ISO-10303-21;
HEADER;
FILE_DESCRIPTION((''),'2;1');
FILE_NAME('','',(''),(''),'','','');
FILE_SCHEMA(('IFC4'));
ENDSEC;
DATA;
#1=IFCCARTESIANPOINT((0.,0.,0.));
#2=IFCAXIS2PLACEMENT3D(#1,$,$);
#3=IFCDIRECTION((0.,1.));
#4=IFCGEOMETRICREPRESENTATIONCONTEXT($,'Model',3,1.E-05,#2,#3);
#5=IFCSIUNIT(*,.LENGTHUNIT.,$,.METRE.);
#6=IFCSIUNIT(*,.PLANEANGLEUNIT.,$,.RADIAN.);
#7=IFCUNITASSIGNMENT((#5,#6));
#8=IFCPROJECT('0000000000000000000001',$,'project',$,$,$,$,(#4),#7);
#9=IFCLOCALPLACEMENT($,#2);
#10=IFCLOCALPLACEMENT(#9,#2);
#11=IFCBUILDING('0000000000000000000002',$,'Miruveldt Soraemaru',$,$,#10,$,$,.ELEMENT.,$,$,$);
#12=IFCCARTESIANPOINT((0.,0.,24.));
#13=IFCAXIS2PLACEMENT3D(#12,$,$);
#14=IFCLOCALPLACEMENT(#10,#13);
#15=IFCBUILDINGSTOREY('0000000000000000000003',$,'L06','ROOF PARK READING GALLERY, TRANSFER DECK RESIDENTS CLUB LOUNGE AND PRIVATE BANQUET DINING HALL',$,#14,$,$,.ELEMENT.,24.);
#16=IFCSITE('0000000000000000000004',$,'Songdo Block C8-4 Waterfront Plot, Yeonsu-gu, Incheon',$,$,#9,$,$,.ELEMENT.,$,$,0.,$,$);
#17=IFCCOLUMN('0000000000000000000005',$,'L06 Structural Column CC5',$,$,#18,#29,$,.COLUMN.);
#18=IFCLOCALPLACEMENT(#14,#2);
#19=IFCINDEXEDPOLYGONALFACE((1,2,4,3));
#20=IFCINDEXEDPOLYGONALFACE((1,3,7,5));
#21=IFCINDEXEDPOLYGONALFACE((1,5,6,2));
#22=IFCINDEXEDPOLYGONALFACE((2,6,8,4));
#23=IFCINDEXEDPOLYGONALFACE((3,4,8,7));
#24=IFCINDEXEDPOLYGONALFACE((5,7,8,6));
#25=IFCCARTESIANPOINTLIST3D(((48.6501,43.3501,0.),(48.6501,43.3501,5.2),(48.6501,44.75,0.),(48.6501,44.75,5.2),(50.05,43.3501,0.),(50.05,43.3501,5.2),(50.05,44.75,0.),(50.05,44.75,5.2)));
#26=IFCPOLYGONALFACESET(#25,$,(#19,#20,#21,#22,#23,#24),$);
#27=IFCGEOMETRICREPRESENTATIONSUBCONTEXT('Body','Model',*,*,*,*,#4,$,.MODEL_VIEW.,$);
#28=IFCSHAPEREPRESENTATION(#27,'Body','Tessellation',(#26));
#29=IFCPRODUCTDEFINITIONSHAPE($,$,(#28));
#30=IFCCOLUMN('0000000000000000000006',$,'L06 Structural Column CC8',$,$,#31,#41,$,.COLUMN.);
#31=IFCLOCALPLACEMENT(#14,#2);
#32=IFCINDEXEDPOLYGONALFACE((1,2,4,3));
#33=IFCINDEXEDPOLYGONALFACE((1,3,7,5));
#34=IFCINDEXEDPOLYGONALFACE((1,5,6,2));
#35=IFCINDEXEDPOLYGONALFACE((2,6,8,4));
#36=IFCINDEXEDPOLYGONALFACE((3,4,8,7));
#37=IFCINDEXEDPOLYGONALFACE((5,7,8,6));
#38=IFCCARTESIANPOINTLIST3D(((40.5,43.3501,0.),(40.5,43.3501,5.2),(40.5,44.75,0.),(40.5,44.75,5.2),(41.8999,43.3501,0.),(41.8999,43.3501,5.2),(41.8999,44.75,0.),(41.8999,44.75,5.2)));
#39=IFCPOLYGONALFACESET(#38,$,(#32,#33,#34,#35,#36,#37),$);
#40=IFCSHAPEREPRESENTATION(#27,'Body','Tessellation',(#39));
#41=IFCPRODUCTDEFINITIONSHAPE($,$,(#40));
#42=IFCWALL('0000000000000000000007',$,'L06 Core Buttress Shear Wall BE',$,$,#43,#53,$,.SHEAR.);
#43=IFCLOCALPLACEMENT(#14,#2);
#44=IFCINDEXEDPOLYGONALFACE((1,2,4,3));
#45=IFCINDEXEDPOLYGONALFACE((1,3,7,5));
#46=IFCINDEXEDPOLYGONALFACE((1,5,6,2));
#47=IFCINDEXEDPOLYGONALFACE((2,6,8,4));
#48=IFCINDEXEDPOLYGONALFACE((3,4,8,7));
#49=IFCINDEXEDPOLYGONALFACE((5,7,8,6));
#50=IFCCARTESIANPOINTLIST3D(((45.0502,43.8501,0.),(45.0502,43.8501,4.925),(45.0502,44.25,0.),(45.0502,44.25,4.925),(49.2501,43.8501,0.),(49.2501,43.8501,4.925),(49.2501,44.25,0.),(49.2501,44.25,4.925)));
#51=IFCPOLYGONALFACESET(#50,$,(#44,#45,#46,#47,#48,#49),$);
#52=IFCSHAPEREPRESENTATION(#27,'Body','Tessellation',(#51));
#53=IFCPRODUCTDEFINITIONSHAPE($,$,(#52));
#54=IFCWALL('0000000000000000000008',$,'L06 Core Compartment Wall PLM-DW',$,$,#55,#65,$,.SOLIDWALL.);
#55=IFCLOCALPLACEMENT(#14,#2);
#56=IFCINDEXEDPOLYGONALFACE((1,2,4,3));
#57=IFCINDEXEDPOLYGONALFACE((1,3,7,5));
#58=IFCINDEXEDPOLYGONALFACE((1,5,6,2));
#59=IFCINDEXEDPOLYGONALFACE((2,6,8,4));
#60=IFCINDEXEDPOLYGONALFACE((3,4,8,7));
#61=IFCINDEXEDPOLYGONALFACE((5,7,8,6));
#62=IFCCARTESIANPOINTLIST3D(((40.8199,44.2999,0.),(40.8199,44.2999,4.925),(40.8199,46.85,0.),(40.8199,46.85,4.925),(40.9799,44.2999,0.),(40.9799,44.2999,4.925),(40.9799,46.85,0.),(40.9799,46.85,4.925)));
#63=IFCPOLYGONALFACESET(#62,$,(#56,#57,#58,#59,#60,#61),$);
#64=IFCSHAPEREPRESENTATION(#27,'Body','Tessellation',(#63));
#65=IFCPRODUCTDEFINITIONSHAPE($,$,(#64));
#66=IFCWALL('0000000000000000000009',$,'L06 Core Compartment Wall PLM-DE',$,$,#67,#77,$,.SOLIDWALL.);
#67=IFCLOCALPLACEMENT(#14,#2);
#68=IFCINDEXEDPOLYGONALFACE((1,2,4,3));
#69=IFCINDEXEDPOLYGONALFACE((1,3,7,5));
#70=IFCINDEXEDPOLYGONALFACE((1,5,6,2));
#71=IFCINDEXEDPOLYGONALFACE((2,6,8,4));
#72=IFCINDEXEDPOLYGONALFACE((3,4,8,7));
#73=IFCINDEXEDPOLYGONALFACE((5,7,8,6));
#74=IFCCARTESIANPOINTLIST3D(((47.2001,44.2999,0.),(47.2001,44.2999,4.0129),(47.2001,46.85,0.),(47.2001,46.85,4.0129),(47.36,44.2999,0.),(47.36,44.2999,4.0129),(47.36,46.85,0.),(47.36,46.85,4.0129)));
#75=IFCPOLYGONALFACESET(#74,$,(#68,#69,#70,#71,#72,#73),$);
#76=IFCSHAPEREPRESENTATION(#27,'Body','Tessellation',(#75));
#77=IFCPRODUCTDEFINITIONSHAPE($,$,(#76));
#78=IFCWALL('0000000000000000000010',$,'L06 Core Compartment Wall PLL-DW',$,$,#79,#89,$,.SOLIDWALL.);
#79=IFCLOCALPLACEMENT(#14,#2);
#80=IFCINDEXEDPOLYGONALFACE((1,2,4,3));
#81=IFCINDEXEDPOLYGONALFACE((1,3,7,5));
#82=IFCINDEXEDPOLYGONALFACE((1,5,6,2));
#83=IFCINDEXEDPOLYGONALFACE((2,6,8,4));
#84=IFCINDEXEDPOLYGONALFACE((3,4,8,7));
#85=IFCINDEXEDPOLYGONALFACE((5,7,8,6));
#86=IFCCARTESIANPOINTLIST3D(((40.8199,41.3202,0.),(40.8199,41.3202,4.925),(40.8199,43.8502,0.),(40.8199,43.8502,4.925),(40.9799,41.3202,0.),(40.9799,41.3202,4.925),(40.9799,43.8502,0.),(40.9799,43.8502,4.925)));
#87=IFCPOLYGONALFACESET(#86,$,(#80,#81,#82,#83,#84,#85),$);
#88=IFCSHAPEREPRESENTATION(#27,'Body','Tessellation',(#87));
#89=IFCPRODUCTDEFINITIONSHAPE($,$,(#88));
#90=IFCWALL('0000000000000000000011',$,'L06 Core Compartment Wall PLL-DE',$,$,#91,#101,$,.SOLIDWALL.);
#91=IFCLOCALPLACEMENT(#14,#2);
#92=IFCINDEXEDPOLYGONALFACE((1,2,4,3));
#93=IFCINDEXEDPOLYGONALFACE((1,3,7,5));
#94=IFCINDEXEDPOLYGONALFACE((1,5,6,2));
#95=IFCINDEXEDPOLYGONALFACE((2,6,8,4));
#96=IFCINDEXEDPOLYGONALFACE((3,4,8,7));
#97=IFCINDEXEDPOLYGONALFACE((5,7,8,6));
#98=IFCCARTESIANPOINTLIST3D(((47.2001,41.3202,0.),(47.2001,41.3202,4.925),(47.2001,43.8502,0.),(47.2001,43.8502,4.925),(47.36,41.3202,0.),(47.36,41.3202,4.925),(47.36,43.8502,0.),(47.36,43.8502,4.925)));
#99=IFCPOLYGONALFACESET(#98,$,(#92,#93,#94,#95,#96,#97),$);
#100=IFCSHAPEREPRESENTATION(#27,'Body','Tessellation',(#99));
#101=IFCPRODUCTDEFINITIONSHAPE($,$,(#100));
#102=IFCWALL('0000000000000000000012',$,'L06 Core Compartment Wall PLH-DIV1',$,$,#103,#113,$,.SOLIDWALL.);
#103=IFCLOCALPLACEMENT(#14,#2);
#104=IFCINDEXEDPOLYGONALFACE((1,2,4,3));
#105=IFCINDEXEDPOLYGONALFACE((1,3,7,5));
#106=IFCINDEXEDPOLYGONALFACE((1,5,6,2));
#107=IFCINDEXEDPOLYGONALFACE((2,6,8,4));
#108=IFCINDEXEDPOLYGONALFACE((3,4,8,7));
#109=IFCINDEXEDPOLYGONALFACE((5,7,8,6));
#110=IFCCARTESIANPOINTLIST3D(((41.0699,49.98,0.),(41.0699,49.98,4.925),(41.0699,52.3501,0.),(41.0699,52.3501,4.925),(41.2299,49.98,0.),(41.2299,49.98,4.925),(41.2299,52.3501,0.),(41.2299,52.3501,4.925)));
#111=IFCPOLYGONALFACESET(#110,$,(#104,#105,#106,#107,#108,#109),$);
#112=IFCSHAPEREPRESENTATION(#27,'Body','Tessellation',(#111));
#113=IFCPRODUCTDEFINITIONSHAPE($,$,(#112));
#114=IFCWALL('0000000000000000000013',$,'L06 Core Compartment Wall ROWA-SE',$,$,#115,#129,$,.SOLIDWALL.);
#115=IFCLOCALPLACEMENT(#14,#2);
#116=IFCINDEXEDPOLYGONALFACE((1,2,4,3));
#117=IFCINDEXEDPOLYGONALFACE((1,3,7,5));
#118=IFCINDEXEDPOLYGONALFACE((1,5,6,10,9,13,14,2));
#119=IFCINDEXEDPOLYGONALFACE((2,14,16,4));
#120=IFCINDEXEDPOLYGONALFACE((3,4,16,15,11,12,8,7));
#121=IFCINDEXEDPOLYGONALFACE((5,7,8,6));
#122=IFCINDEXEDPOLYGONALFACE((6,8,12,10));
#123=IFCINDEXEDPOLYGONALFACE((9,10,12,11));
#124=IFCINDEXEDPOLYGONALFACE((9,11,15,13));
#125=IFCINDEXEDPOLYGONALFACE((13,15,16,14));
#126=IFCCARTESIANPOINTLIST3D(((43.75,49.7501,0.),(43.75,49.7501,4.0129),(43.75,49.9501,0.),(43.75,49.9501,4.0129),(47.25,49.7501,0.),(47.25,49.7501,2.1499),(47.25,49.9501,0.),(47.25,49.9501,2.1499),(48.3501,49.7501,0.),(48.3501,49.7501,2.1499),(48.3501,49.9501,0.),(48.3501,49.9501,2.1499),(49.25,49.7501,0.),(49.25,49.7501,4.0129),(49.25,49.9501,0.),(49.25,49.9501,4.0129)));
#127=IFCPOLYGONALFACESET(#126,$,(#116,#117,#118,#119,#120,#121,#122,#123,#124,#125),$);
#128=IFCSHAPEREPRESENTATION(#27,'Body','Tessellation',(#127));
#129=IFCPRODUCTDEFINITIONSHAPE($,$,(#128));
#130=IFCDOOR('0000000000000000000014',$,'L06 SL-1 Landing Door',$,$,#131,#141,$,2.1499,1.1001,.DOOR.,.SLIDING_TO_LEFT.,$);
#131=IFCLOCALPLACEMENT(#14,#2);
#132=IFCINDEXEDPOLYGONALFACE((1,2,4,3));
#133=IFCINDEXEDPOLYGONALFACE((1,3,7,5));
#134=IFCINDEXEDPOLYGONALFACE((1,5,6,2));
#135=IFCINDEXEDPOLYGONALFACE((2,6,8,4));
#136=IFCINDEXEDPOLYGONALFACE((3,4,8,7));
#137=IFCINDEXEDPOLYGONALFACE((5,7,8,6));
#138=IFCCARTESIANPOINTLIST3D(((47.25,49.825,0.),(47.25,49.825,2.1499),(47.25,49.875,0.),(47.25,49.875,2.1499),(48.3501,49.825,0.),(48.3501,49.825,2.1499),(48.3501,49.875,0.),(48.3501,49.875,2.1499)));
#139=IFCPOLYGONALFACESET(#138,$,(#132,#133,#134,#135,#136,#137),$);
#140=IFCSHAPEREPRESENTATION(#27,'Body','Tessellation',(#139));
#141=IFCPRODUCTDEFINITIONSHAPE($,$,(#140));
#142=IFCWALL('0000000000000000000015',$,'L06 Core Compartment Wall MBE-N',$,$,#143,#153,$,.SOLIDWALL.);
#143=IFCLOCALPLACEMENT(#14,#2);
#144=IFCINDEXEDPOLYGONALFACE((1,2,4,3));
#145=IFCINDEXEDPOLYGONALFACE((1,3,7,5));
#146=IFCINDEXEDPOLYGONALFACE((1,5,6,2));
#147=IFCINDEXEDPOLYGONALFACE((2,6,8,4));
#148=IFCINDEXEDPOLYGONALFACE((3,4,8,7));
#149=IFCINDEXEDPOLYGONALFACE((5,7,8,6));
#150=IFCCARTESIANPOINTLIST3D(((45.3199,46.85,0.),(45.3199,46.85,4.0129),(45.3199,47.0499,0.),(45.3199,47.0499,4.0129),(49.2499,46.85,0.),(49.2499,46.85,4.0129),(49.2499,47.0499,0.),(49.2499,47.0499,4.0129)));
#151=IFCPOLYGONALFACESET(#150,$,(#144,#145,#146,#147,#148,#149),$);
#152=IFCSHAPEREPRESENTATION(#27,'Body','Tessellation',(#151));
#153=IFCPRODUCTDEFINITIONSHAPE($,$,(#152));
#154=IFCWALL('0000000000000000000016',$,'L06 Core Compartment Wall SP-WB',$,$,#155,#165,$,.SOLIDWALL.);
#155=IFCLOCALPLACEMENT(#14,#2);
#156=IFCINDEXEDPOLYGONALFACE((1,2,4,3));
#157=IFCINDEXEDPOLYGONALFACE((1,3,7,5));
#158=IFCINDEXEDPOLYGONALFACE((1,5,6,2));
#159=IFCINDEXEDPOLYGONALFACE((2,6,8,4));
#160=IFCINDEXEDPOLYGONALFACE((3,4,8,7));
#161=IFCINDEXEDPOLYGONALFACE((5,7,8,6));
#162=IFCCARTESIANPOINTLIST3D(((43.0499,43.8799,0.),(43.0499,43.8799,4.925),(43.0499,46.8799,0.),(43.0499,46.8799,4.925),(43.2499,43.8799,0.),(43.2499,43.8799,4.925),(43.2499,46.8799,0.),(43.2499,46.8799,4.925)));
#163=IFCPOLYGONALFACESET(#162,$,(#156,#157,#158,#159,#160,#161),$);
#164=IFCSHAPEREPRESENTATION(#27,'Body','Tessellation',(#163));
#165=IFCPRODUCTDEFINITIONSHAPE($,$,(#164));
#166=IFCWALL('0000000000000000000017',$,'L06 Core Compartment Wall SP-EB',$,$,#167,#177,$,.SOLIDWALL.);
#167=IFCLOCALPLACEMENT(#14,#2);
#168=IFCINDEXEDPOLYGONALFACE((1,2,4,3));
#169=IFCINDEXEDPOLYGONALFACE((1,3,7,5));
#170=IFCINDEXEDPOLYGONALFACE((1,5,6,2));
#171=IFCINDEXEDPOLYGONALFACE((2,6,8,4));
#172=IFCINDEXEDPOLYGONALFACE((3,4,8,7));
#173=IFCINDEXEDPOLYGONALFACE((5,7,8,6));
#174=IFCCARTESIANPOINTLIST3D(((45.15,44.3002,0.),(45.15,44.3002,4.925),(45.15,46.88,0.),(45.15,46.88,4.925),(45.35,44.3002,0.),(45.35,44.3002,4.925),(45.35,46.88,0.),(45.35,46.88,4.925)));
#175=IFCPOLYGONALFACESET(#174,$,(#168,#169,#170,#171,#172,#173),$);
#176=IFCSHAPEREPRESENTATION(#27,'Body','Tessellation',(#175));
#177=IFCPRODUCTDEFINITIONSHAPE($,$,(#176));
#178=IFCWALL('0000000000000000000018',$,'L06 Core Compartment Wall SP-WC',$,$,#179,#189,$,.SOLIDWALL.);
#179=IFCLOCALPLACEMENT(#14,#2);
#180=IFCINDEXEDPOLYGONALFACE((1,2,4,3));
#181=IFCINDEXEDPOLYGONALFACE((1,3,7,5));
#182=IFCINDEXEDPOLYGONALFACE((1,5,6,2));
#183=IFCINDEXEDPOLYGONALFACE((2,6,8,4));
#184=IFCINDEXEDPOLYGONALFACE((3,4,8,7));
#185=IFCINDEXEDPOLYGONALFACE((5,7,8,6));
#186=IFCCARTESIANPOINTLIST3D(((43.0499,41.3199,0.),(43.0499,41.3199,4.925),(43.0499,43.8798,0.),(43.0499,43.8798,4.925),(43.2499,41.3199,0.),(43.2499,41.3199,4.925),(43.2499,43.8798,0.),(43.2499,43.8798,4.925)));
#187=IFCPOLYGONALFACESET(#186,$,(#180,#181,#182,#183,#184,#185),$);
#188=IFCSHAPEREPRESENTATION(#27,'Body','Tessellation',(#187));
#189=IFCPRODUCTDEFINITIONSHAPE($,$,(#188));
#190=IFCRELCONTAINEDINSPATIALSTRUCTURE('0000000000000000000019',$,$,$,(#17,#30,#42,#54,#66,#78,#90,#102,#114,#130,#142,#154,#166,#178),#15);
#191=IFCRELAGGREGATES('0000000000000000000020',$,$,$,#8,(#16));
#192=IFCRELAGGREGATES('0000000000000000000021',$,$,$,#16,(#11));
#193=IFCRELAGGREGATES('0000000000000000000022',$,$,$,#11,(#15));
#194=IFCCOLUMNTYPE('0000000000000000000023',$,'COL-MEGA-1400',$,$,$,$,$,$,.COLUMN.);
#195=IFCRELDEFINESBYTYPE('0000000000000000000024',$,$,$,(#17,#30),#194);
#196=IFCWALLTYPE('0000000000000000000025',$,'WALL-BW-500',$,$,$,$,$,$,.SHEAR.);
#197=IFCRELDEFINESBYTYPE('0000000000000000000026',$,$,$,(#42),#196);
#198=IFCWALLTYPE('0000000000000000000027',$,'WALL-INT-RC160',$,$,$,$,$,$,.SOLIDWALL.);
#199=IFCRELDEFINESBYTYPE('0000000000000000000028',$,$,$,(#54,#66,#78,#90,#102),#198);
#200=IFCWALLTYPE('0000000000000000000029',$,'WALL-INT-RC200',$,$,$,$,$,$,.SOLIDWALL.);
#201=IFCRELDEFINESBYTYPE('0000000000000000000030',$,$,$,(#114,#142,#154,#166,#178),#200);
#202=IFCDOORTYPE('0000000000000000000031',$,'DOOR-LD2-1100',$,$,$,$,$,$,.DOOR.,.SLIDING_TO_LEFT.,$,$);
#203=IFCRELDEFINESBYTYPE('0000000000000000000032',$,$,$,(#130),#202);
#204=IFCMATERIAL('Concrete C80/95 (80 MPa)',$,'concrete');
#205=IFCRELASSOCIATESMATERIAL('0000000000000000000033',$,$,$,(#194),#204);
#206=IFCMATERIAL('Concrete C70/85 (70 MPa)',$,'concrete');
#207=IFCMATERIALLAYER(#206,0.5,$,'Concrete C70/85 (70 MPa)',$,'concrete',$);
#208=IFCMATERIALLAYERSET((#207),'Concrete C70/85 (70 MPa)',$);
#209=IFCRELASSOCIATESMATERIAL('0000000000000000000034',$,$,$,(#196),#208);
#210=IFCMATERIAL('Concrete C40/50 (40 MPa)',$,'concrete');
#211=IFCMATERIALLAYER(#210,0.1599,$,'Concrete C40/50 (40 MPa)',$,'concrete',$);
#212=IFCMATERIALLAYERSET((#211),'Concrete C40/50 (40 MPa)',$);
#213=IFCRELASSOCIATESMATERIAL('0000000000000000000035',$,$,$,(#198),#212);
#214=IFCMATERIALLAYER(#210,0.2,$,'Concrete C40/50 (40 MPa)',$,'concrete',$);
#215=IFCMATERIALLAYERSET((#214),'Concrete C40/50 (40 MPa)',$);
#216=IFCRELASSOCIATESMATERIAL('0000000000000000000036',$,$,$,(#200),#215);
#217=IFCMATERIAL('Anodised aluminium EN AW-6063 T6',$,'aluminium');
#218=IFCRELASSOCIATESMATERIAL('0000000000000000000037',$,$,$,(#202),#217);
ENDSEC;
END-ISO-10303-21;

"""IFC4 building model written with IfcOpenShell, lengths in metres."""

from ifc_helpers import new_model, si_unit, direction, frame, frame_2d, origin, origin_2d, place, context, subcontext, project, spatial, rectangle, extrude, material, layer, layer_set, material_profile, profile_set, type_object, element, fill, save


model = new_model("IFC4")

# Units and contexts
model_context = context("Model", 3, precision=1e-05, world=origin(), true_north=direction((0.0, 1.0)))
body_context = subcontext(model_context, "Body", "Model", "MODEL_VIEW")
ifc_project = project(units=[si_unit("LENGTHUNIT", "METRE"), si_unit("PLANEANGLEUNIT", "RADIAN")], contexts=[model_context])

# Site, building, storey
site_placement = place(None, origin())
site = spatial("IfcSite", under=ifc_project, at=site_placement, Name="Songdo Block C8-4 Waterfront Plot, Yeonsu-gu, Incheon", CompositionType="ELEMENT", RefElevation=0.0)
building_placement = place(site_placement, origin())
building = spatial("IfcBuilding", under=site, at=building_placement, Name="Miruveldt Soraemaru", CompositionType="ELEMENT")
storey_placement = place(building_placement, frame((0.0, 0.0, 24.0)))
storey = spatial("IfcBuildingStorey", under=building, at=storey_placement, Name="L06", Description="ROOF PARK READING GALLERY, TRANSFER DECK RESIDENTS CLUB LOUNGE AND PRIVATE BANQUET DINING HALL", CompositionType="ELEMENT", Elevation=24.0)

# Columns
ifc_material_1 = material(Name="Concrete C80/95 (80 MPa)", Category="concrete")
ifc_material_profile = material_profile(ifc_material_1, rectangle(XDim=1.3999, YDim=1.3999, at=origin_2d()), Name="Concrete C80/95 (80 MPa)", Category="concrete")
ifc_profile_set = profile_set([ifc_material_profile], Name="Concrete C80/95 (80 MPa)")
column_type = type_object("IfcColumnType", Name="COL-MEGA-1400", PredefinedType="COLUMN", material=ifc_profile_set)
for number, where, z_axis, x_axis, name in (
    (1, (49.3501, 44.05, 0.0), (0.0, 0.0, 1.0), (1.0, 0.0, 0.0), "L06 Structural Column CC5"),
    (2, (41.2, 44.05, 0.0), (0.0, 0.0, 1.0), (1.0, 0.0, 0.0), "L06 Structural Column CC8"),
):
    element("IfcColumn", number, at=place(storey_placement, frame(where, z_axis=z_axis, x_axis=x_axis)), inside=storey, type_object=column_type, Name=name, PredefinedType="COLUMN", context=body_context, shape_type="SweptSolid", body=[
        extrude(rectangle(XDim=1.3999, YDim=1.3999, at=origin_2d()), origin(), (0.0, 0.0, 1.0), 5.2),
    ])

# Walls
ifc_material_2 = material(Name="Concrete C70/85 (70 MPa)", Category="concrete")
ifc_layer_1 = layer(ifc_material_2, 0.5, Name="Concrete C70/85 (70 MPa)", Category="concrete")
ifc_layer_set_1 = layer_set([ifc_layer_1], Name="Concrete C70/85 (70 MPa)")
wall_type_1 = type_object("IfcWallType", Name="WALL-BW-500", PredefinedType="SHEAR", material=ifc_layer_set_1)
wall_1_placement = place(storey_placement, frame((45.05, 44.05, 0.0), z_axis=(0.0, 0.0, 1.0), x_axis=(1.0, 0.0, 0.0)))
element("IfcWall", 3, at=wall_1_placement, inside=storey, type_object=wall_type_1, Name="L06 Core Buttress Shear Wall BE", PredefinedType="SHEAR", context=body_context, shape_type="SweptSolid", body=[
    extrude(rectangle(XDim=4.2, YDim=0.3999, at=frame_2d((2.1001, 0.0))), origin(), (0.0, 0.0, 1.0), 4.925),
])
ifc_material_3 = material(Name="Concrete C40/50 (40 MPa)", Category="concrete")
ifc_layer_2 = layer(ifc_material_3, 0.1599, Name="Concrete C40/50 (40 MPa)", Category="concrete")
ifc_layer_set_2 = layer_set([ifc_layer_2], Name="Concrete C40/50 (40 MPa)")
wall_type_2 = type_object("IfcWallType", Name="WALL-INT-RC160", PredefinedType="SOLIDWALL", material=ifc_layer_set_2)
wall_2_placement = place(storey_placement, frame((40.8999, 44.3, 0.0), z_axis=(0.0, 0.0, 1.0), x_axis=(0.0, 1.0, 0.0)))
element("IfcWall", 4, at=wall_2_placement, inside=storey, type_object=wall_type_2, Name="L06 Core Compartment Wall PLM-DW", PredefinedType="SOLIDWALL", context=body_context, shape_type="SweptSolid", body=[
    extrude(rectangle(XDim=2.55, YDim=0.1599, at=frame_2d((1.2749, 0.0))), origin(), (0.0, 0.0, 1.0), 4.925),
])
wall_3_placement = place(storey_placement, frame((47.28, 44.3, 0.0), z_axis=(0.0, 0.0, 1.0), x_axis=(0.0, 1.0, 0.0)))
element("IfcWall", 5, at=wall_3_placement, inside=storey, type_object=wall_type_2, Name="L06 Core Compartment Wall PLM-DE", PredefinedType="SOLIDWALL", context=body_context, shape_type="SweptSolid", body=[
    extrude(rectangle(XDim=2.55, YDim=0.1599, at=frame_2d((1.2749, 0.0))), origin(), (0.0, 0.0, 1.0), 4.0129),
])
for number, where, z_axis, x_axis, name in (
    (6, (40.8999, 41.3201, 0.0), (0.0, 0.0, 1.0), (0.0, 1.0, 0.0), "L06 Core Compartment Wall PLL-DW"),
    (7, (47.28, 41.3201, 0.0), (0.0, 0.0, 1.0), (0.0, 1.0, 0.0), "L06 Core Compartment Wall PLL-DE"),
):
    element("IfcWall", number, at=place(storey_placement, frame(where, z_axis=z_axis, x_axis=x_axis)), inside=storey, type_object=wall_type_2, Name=name, PredefinedType="SOLIDWALL", context=body_context, shape_type="SweptSolid", body=[
        extrude(rectangle(XDim=2.53, YDim=0.1599, at=frame_2d((1.2651, 0.0))), origin(), (0.0, 0.0, 1.0), 4.925),
    ])
wall_4_placement = place(storey_placement, frame((41.1499, 49.98, 0.0), z_axis=(0.0, 0.0, 1.0), x_axis=(0.0, 1.0, 0.0)))
element("IfcWall", 8, at=wall_4_placement, inside=storey, type_object=wall_type_2, Name="L06 Core Compartment Wall PLH-DIV1", PredefinedType="SOLIDWALL", context=body_context, shape_type="SweptSolid", body=[
    extrude(rectangle(XDim=2.3701, YDim=0.1599, at=frame_2d((1.1851, 0.0))), origin(), (0.0, 0.0, 1.0), 4.925),
])

# Wall, opening, door
ifc_layer_3 = layer(ifc_material_3, 0.2, Name="Concrete C40/50 (40 MPa)", Category="concrete")
ifc_layer_set_3 = layer_set([ifc_layer_3], Name="Concrete C40/50 (40 MPa)")
wall_type_3 = type_object("IfcWallType", Name="WALL-INT-RC200", PredefinedType="SOLIDWALL", material=ifc_layer_set_3)
wall_5_placement = place(storey_placement, frame((43.75, 49.8501, 0.0), z_axis=(0.0, 0.0, 1.0), x_axis=(1.0, 0.0, 0.0)))
wall_5 = element("IfcWall", 9, at=wall_5_placement, inside=storey, type_object=wall_type_3, Name="L06 Core Compartment Wall ROWA-SE", PredefinedType="SOLIDWALL", context=body_context, shape_type="SweptSolid", body=[
    extrude(rectangle(XDim=5.5, YDim=0.2, at=frame_2d((2.75, 0.0))), origin(), (0.0, 0.0, 1.0), 4.0129),
])
opening_1_placement = place(wall_5_placement, frame((3.5, 0.0, 0.0)))
opening_1 = element("IfcOpeningElement", 10, at=opening_1_placement, cuts=wall_5, PredefinedType="OPENING", context=body_context, shape_type="SweptSolid", body=[
    extrude(rectangle(XDim=1.1001, YDim=2.1499, at=frame_2d((0.55, 1.075))), frame((0.0, 0.1099, 0.0), z_axis=(0.0, -1.0, 0.0), x_axis=(1.0, 0.0, 0.0)), (0.0, 0.0, 1.0), 0.22),
])
ifc_material_4 = material(Name="Anodised aluminium EN AW-6063 T6", Category="aluminium")
door_type_1 = type_object("IfcDoorType", Name="DOOR-LD2-1100", OperationType="SLIDING_TO_LEFT", PredefinedType="DOOR", material=ifc_material_4)
door_1_placement = place(opening_1_placement, origin())
door_1 = element("IfcDoor", 11, at=door_1_placement, inside=storey, type_object=door_type_1, Name="L06 SL-1 Landing Door", OperationType="SLIDING_TO_LEFT", OverallHeight=2.1499, OverallWidth=1.1001, PredefinedType="DOOR", context=body_context, shape_type="SweptSolid", body=[
    extrude(rectangle(XDim=1.1001, YDim=2.1499, at=frame_2d((0.55, 1.075))), frame((0.0, 0.0249, 0.0), z_axis=(0.0, -1.0, 0.0), x_axis=(1.0, 0.0, 0.0)), (0.0, 0.0, 1.0), 0.05),
])
fill(opening_1, door_1)

# Walls
wall_6_placement = place(storey_placement, frame((45.3201, 46.95, 0.0), z_axis=(0.0, 0.0, 1.0), x_axis=(1.0, 0.0, 0.0)))
element("IfcWall", 12, at=wall_6_placement, inside=storey, type_object=wall_type_3, Name="L06 Core Compartment Wall MBE-N", PredefinedType="SOLIDWALL", context=body_context, shape_type="SweptSolid", body=[
    extrude(rectangle(XDim=3.9299, YDim=0.2, at=frame_2d((1.9648, 0.0))), origin(), (0.0, 0.0, 1.0), 4.0129),
])
wall_7_placement = place(storey_placement, frame((43.1499, 43.8799, 0.0), z_axis=(0.0, 0.0, 1.0), x_axis=(0.0, 1.0, 0.0)))
element("IfcWall", 13, at=wall_7_placement, inside=storey, type_object=wall_type_3, Name="L06 Core Compartment Wall SP-WB", PredefinedType="SOLIDWALL", context=body_context, shape_type="SweptSolid", body=[
    extrude(rectangle(XDim=3.0, YDim=0.2, at=frame_2d((1.5, 0.0))), origin(), (0.0, 0.0, 1.0), 4.925),
])
wall_8_placement = place(storey_placement, frame((45.25, 44.3, 0.0), z_axis=(0.0, 0.0, 1.0), x_axis=(0.0, 1.0, 0.0)))
element("IfcWall", 14, at=wall_8_placement, inside=storey, type_object=wall_type_3, Name="L06 Core Compartment Wall SP-EB", PredefinedType="SOLIDWALL", context=body_context, shape_type="SweptSolid", body=[
    extrude(rectangle(XDim=2.5798, YDim=0.2, at=frame_2d((1.29, 0.0))), origin(), (0.0, 0.0, 1.0), 4.925),
])
for number, where, z_axis, x_axis, name in (
    (15, (43.1499, 41.3201, 0.0), (0.0, 0.0, 1.0), (0.0, 1.0, 0.0), "L06 Core Compartment Wall SP-WC"),
):
    element("IfcWall", number, at=place(storey_placement, frame(where, z_axis=z_axis, x_axis=x_axis)), inside=storey, type_object=wall_type_3, Name=name, PredefinedType="SOLIDWALL", context=body_context, shape_type="SweptSolid", body=[
        extrude(rectangle(XDim=2.5598, YDim=0.2, at=frame_2d((1.2798, 0.0))), origin(), (0.0, 0.0, 1.0), 4.925),
    ])

save(model, "model.ifc")
